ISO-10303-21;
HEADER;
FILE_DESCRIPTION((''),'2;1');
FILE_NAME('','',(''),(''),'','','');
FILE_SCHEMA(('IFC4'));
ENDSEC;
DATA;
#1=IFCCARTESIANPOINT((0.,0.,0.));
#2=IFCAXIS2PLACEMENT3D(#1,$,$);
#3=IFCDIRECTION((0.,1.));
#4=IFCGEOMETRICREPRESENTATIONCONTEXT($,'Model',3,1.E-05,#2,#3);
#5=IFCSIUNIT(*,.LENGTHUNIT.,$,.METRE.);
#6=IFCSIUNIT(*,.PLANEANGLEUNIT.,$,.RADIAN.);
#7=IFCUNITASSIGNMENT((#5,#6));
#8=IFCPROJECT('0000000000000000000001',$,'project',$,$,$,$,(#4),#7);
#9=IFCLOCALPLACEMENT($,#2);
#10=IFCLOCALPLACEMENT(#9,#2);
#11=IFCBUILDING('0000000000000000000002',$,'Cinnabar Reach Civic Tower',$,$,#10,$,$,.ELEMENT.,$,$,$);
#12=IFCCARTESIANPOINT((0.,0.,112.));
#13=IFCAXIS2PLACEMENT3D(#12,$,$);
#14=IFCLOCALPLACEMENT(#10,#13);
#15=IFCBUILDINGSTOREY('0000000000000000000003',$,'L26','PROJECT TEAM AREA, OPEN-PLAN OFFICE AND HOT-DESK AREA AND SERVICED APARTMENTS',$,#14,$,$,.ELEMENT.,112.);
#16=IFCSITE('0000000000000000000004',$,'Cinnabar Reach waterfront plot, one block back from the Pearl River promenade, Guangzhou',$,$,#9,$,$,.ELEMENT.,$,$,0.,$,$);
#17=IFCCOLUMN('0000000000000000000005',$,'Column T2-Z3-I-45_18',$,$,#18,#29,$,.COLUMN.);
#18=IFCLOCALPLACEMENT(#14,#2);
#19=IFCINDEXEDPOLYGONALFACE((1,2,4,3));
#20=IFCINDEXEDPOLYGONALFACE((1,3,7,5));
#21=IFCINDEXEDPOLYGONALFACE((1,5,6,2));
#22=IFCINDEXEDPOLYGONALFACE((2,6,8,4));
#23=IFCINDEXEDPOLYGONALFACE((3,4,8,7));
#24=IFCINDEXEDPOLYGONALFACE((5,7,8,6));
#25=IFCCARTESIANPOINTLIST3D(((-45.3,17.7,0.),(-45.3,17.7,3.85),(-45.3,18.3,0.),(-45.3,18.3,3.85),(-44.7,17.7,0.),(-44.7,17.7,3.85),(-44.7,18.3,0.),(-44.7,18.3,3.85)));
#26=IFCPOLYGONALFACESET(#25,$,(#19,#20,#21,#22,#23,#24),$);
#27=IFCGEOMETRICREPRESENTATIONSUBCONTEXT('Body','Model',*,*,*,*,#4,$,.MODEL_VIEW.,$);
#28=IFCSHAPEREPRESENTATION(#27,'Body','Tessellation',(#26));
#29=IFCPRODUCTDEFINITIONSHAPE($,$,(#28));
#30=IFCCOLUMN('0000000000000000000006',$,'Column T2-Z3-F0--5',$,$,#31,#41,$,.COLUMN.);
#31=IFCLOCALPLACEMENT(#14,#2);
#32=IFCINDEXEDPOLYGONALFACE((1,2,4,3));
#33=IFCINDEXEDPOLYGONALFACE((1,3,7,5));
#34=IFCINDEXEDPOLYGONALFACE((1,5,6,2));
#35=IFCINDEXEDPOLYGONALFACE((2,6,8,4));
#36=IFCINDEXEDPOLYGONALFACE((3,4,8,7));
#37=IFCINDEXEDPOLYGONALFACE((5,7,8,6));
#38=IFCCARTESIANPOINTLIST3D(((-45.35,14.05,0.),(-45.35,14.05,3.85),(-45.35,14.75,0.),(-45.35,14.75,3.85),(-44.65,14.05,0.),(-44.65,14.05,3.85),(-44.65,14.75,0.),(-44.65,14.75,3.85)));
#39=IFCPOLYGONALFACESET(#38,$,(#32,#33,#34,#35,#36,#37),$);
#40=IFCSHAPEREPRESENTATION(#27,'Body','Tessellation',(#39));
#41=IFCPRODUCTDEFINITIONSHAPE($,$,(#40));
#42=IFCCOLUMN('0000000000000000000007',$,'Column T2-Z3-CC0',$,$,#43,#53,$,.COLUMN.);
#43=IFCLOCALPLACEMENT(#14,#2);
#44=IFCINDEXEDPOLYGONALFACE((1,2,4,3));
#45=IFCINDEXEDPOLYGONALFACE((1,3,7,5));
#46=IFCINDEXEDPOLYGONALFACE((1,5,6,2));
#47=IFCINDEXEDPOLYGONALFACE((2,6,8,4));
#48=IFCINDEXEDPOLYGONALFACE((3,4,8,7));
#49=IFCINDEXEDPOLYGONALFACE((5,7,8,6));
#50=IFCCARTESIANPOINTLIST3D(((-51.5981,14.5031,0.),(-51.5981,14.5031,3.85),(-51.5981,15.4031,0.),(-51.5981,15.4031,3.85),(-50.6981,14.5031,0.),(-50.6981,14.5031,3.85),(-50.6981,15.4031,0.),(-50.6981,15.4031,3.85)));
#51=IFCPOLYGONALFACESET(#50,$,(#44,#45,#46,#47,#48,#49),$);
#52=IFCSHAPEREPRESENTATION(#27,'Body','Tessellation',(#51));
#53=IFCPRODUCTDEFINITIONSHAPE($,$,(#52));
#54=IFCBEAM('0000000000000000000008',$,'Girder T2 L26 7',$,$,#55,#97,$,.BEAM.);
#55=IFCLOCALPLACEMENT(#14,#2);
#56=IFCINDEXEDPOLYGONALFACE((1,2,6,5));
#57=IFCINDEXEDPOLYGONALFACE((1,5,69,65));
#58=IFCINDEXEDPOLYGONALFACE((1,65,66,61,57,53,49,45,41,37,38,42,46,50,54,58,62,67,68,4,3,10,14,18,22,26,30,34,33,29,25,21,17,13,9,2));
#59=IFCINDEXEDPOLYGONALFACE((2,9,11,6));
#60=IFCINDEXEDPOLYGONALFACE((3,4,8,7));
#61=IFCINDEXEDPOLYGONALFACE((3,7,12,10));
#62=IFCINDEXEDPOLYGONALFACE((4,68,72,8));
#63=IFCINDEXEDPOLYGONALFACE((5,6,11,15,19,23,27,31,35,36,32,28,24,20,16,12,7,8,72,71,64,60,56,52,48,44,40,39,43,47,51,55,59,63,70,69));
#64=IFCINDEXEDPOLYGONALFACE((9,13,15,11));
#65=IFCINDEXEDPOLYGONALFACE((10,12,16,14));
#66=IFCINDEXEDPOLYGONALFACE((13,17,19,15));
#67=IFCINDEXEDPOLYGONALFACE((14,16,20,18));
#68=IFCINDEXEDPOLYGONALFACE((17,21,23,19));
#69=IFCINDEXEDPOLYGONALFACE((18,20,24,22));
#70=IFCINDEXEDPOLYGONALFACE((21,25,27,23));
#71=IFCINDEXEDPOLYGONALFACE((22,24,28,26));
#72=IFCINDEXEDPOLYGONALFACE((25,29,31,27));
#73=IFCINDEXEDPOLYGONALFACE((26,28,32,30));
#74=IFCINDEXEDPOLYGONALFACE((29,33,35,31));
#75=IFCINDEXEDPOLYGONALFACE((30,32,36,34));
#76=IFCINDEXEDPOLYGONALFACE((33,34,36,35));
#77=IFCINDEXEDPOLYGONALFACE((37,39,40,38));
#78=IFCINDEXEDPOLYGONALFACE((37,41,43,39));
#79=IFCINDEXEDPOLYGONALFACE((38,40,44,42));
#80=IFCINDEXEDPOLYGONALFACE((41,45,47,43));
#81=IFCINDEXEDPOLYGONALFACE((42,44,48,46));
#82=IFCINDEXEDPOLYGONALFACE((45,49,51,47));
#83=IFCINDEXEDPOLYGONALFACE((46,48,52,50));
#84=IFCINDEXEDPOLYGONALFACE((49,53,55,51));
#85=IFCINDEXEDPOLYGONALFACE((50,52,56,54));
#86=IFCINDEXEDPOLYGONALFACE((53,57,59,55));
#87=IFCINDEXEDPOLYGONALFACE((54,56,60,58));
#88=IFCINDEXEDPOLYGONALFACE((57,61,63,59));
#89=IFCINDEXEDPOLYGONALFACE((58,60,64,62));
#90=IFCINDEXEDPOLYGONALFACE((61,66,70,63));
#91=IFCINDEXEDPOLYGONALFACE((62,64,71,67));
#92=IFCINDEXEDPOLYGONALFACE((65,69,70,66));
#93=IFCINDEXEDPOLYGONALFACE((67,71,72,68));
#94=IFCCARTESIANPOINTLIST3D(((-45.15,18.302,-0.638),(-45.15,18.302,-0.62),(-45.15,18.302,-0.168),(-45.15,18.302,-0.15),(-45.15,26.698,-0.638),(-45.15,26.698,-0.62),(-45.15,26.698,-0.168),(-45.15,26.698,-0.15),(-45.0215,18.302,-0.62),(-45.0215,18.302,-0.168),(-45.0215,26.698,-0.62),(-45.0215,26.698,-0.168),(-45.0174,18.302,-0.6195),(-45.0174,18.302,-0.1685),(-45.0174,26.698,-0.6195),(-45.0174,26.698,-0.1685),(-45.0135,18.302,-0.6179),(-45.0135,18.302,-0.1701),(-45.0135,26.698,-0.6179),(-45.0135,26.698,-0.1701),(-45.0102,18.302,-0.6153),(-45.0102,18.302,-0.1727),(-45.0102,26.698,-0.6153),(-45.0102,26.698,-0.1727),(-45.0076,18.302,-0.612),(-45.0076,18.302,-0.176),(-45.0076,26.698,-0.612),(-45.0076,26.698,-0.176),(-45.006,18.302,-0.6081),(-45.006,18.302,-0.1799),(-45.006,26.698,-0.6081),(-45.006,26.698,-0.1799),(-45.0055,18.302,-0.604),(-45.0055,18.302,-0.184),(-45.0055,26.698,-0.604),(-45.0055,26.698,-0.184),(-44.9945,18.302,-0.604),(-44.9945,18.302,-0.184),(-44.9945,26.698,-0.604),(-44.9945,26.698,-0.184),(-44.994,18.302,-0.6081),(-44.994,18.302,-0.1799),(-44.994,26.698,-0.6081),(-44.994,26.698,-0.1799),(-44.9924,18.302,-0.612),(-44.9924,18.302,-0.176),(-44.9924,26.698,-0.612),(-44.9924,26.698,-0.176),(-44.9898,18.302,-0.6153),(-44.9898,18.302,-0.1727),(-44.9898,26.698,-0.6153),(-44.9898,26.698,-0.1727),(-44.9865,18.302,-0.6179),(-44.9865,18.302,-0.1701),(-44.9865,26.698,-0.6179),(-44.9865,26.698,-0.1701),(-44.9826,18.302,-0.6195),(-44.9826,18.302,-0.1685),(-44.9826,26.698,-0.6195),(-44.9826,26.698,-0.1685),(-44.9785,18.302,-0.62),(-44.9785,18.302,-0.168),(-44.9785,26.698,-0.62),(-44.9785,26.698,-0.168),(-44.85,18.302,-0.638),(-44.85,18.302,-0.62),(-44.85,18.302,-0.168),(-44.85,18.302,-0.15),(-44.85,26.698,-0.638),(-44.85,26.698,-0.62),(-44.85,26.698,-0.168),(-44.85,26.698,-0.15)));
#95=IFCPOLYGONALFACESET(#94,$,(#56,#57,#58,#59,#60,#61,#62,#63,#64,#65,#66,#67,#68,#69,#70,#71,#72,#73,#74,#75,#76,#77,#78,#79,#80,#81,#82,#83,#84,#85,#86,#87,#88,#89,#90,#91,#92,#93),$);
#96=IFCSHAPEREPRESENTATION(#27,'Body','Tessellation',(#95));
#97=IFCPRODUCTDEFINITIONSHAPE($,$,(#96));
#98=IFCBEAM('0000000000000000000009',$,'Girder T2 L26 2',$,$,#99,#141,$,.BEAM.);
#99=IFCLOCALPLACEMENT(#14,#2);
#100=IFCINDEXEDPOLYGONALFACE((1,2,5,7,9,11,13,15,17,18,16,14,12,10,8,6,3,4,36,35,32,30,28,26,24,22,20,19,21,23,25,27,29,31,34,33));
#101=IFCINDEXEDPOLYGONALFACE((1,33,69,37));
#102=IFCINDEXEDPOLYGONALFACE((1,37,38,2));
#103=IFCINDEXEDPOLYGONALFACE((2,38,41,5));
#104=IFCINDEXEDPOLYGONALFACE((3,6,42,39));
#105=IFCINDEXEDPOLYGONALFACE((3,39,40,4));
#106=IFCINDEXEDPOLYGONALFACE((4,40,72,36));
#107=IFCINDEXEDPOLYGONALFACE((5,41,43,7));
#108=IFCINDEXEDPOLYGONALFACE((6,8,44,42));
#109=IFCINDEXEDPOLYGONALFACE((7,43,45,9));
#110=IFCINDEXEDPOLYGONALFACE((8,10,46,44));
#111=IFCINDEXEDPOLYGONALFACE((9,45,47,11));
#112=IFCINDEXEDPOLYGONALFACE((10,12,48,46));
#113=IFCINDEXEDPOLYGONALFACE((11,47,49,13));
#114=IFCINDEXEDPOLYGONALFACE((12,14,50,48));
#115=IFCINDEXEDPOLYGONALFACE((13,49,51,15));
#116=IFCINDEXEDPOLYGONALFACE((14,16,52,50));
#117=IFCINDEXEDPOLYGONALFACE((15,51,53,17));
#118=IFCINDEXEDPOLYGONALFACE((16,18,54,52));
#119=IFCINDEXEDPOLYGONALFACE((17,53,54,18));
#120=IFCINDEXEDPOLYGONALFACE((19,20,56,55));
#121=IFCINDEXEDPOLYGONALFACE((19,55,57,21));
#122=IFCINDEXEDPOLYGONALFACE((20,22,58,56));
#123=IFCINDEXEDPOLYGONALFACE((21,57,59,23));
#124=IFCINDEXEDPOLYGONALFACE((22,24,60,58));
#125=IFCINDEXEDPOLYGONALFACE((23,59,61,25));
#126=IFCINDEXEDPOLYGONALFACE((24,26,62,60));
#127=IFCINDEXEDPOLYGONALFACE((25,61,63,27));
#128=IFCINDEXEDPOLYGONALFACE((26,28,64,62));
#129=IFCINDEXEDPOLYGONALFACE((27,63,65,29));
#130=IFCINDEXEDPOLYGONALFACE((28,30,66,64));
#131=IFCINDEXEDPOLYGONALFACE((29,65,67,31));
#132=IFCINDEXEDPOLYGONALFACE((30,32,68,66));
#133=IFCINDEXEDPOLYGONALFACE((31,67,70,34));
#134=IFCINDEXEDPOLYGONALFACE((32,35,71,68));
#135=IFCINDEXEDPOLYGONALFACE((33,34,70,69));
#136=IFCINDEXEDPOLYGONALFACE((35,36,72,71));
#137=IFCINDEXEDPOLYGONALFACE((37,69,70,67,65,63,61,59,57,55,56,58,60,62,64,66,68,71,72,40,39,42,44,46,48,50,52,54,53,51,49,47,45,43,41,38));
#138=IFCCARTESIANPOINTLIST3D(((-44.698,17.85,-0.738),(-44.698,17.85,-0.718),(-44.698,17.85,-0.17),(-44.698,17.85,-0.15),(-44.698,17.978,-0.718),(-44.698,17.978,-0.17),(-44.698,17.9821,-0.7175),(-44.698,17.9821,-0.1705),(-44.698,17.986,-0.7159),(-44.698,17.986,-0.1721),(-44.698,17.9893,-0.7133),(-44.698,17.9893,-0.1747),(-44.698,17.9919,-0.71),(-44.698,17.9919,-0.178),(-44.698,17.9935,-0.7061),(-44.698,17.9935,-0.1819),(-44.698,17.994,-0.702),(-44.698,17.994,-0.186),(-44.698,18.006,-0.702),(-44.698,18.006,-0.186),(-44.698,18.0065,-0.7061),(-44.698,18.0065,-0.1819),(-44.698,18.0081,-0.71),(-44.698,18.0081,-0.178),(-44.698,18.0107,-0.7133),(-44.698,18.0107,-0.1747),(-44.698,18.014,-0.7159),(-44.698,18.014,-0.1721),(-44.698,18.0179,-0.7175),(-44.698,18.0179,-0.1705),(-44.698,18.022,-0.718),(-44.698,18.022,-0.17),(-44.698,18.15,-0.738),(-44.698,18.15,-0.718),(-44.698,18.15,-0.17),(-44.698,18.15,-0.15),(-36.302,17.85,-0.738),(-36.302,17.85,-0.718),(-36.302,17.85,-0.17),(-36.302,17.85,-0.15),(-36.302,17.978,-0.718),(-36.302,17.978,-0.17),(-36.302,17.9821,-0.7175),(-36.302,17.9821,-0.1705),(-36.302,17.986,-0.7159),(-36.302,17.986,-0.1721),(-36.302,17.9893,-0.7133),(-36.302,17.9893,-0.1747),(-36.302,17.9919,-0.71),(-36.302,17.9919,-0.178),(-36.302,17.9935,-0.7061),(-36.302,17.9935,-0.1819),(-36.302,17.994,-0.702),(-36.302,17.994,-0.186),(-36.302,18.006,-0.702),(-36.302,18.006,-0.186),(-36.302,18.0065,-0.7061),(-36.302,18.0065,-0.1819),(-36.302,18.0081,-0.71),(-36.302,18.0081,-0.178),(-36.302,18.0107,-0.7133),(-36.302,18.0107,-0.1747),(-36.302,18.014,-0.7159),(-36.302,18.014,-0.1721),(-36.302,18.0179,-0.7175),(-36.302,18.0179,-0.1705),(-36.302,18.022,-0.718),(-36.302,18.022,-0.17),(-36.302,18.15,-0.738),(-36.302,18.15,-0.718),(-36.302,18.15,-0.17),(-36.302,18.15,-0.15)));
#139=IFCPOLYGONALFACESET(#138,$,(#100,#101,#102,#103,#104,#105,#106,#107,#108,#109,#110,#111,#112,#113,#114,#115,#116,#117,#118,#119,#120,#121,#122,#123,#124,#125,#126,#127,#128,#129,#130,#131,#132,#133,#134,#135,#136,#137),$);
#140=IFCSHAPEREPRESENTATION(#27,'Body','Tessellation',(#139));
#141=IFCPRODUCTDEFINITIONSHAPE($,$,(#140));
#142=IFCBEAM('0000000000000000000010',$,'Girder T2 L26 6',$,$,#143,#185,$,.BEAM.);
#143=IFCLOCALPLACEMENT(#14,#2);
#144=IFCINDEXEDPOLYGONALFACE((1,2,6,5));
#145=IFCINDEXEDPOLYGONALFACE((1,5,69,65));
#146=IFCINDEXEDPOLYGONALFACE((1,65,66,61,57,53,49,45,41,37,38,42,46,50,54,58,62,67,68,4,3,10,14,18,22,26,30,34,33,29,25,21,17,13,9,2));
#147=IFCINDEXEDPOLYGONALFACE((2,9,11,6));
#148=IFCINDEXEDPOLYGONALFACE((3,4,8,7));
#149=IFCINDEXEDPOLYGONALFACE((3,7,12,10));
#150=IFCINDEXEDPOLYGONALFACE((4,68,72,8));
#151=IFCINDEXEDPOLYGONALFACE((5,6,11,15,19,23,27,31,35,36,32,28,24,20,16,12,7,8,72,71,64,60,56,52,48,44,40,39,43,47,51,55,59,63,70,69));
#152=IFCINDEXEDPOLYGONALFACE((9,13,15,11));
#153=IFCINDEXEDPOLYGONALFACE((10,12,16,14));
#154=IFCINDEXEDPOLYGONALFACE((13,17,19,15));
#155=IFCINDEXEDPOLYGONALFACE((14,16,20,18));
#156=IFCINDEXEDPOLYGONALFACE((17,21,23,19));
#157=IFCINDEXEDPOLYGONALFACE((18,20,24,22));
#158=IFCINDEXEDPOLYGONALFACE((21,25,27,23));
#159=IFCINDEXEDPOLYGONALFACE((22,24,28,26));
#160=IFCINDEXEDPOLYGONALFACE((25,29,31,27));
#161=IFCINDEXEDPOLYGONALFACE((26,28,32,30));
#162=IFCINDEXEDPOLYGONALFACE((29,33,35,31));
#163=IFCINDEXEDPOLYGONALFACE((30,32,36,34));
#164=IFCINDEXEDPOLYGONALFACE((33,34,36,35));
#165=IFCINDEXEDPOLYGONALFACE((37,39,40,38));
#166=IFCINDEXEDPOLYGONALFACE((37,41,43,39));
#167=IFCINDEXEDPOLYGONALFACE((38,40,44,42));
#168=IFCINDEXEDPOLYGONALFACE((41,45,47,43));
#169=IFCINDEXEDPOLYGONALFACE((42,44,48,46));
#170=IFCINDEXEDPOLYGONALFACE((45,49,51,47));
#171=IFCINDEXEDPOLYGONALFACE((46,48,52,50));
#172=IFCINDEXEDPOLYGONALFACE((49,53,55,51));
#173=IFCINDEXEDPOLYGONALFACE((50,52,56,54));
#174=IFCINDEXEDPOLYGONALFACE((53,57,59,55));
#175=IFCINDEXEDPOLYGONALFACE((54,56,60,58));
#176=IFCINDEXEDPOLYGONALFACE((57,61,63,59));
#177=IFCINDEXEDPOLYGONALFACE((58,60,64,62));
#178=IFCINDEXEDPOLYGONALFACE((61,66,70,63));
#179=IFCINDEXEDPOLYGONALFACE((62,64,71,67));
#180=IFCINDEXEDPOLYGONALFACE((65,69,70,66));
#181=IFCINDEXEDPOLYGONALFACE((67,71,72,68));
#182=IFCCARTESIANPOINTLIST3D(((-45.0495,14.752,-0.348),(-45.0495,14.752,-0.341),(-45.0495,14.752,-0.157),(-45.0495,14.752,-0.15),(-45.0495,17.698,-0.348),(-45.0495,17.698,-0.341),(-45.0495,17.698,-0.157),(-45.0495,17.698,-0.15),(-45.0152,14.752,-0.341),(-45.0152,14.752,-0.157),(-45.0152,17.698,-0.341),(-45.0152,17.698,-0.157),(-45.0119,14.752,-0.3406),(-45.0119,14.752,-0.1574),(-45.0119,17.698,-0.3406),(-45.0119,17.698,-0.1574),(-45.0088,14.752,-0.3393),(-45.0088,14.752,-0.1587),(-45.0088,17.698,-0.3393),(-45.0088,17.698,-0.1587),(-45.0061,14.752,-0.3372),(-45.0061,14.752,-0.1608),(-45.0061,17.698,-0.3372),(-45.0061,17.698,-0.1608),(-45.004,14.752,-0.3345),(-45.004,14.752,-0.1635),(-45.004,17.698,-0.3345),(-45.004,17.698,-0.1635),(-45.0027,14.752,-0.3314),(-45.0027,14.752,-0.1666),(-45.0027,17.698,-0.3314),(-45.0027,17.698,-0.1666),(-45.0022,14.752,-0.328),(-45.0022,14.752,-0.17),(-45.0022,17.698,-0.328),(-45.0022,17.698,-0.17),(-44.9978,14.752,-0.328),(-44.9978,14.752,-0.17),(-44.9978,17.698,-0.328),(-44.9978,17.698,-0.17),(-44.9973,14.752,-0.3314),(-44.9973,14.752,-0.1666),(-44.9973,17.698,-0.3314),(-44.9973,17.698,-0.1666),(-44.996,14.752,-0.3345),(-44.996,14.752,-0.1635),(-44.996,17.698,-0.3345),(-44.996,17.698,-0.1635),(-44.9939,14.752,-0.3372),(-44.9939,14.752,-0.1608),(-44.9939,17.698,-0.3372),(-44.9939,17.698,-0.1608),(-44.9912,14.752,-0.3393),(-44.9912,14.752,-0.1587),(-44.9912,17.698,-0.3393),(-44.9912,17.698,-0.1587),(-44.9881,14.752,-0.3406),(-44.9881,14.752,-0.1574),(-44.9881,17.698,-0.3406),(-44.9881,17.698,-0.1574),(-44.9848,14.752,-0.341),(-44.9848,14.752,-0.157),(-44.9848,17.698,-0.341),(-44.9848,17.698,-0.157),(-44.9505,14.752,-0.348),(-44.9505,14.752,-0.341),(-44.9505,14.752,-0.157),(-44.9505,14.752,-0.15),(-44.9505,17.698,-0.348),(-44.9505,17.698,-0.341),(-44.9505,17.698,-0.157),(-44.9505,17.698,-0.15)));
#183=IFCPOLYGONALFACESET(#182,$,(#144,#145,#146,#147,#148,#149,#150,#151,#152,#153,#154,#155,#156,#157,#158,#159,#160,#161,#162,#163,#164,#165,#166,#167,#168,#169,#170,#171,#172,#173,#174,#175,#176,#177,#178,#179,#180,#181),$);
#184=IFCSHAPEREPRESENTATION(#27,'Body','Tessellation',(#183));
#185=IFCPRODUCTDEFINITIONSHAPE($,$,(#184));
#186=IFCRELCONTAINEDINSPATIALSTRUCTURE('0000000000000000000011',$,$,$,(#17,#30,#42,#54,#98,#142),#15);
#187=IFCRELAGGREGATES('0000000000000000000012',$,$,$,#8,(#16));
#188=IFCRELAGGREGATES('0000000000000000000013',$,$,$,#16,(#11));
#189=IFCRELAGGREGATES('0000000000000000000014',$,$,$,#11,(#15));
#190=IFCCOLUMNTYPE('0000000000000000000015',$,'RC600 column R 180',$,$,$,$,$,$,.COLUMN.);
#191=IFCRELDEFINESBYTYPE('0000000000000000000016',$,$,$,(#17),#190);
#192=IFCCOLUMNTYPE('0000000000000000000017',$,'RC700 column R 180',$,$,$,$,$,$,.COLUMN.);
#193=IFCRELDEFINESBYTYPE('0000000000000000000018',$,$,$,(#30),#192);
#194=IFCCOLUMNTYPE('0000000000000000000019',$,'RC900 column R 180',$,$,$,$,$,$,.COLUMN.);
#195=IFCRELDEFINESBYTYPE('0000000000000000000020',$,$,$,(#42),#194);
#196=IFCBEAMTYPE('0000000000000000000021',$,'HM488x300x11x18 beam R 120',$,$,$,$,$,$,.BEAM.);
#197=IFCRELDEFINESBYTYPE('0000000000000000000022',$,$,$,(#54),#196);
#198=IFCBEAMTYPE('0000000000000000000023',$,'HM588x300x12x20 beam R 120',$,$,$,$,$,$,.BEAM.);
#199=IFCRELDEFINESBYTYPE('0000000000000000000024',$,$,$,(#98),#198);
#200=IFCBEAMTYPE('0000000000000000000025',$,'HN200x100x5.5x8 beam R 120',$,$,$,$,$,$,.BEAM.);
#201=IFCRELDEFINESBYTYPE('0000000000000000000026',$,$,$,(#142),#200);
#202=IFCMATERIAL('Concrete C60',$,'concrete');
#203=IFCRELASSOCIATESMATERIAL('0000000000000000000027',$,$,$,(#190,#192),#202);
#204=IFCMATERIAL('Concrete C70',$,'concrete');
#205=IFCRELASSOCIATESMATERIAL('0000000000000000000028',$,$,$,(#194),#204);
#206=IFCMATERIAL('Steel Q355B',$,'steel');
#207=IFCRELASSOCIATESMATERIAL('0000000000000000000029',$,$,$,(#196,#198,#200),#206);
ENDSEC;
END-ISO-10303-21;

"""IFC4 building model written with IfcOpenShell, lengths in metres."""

from ifc_helpers import new_model, si_unit, direction, frame, origin, origin_2d, place, context, subcontext, project, spatial, rectangle, i_section, extrude, material, material_profile, profile_set, type_object, element, save


model = new_model("IFC4")

# Units and contexts
model_context = context("Model", 3, precision=1e-05, world=origin(), true_north=direction((0.0, 1.0)))
body_context = subcontext(model_context, "Body", "Model", "MODEL_VIEW")
ifc_project = project(units=[si_unit("LENGTHUNIT", "METRE"), si_unit("PLANEANGLEUNIT", "RADIAN")], contexts=[model_context])

# Site, building, storey
site_placement = place(None, origin())
site = spatial("IfcSite", under=ifc_project, at=site_placement, Name="Cinnabar Reach waterfront plot, one block back from the Pearl River promenade, Guangzhou", CompositionType="ELEMENT", RefElevation=0.0)
building_placement = place(site_placement, origin())
building = spatial("IfcBuilding", under=site, at=building_placement, Name="Cinnabar Reach Civic Tower", CompositionType="ELEMENT")
storey_placement = place(building_placement, frame((0.0, 0.0, 112.0)))
storey = spatial("IfcBuildingStorey", under=building, at=storey_placement, Name="L26", Description="PROJECT TEAM AREA, OPEN-PLAN OFFICE AND HOT-DESK AREA AND SERVICED APARTMENTS", CompositionType="ELEMENT", Elevation=112.0)

# Columns
ifc_material_1 = material(Name="Concrete C60", Category="concrete")
ifc_material_profile_1 = material_profile(ifc_material_1, rectangle(XDim=0.6, YDim=0.6, at=origin_2d()), Name="RC600")
ifc_profile_set_1 = profile_set([ifc_material_profile_1], Name="Concrete C60")
column_type_1 = type_object("IfcColumnType", Name="RC600 column R 180", PredefinedType="COLUMN", material=ifc_profile_set_1)
column_1_placement = place(storey_placement, frame((-45.0, 18.0, 0.0), z_axis=(0.0, 0.0, 1.0), x_axis=(1.0, 0.0, 0.0)))
element("IfcColumn", 1, at=column_1_placement, inside=storey, type_object=column_type_1, Name="Column T2-Z3-I-45_18", PredefinedType="COLUMN", context=body_context, shape_type="SweptSolid", body=[
    extrude(rectangle(XDim=0.6, YDim=0.6, at=origin_2d()), origin(), (0.0, 0.0, 1.0), 3.85),
])
ifc_material_profile_2 = material_profile(ifc_material_1, rectangle(XDim=0.7, YDim=0.7, at=origin_2d()), Name="RC700")
ifc_profile_set_2 = profile_set([ifc_material_profile_2], Name="Concrete C60")
column_type_2 = type_object("IfcColumnType", Name="RC700 column R 180", PredefinedType="COLUMN", material=ifc_profile_set_2)
column_2_placement = place(storey_placement, frame((-45.0, 14.4, 0.0), z_axis=(0.0, 0.0, 1.0), x_axis=(1.0, 0.0, 0.0)))
element("IfcColumn", 2, at=column_2_placement, inside=storey, type_object=column_type_2, Name="Column T2-Z3-F0--5", PredefinedType="COLUMN", context=body_context, shape_type="SweptSolid", body=[
    extrude(rectangle(XDim=0.7, YDim=0.7, at=origin_2d()), origin(), (0.0, 0.0, 1.0), 3.85),
])
ifc_material_2 = material(Name="Concrete C70", Category="concrete")
ifc_material_profile_3 = material_profile(ifc_material_2, rectangle(XDim=0.9, YDim=0.9, at=origin_2d()), Name="RC900")
ifc_profile_set_3 = profile_set([ifc_material_profile_3], Name="Concrete C70")
column_type_3 = type_object("IfcColumnType", Name="RC900 column R 180", PredefinedType="COLUMN", material=ifc_profile_set_3)
column_3_placement = place(storey_placement, frame((-51.1481, 14.9531, 0.0), z_axis=(0.0, 0.0, 1.0), x_axis=(1.0, 0.0, 0.0)))
element("IfcColumn", 3, at=column_3_placement, inside=storey, type_object=column_type_3, Name="Column T2-Z3-CC0", PredefinedType="COLUMN", context=body_context, shape_type="SweptSolid", body=[
    extrude(rectangle(XDim=0.9, YDim=0.9, at=origin_2d()), origin(), (0.0, 0.0, 1.0), 3.85),
])

# Beams
ifc_material_3 = material(Name="Steel Q355B", Category="steel")
ifc_material_profile_4 = material_profile(ifc_material_3, i_section(OverallWidth=0.3, OverallDepth=0.488, WebThickness=0.011, FlangeThickness=0.018, FilletRadius=0.016, at=origin_2d()), Name="HM488x300x11x18")
ifc_profile_set_4 = profile_set([ifc_material_profile_4], Name="Steel Q355B")
beam_type_1 = type_object("IfcBeamType", Name="HM488x300x11x18 beam R 120", PredefinedType="BEAM", material=ifc_profile_set_4)
beam_1_placement = place(storey_placement, frame((-45.0, 18.302, -0.394), z_axis=(0.0, 1.0, 0.0), x_axis=(-1.0, 0.0, 0.0)))
element("IfcBeam", 4, at=beam_1_placement, inside=storey, type_object=beam_type_1, Name="Girder T2 L26 7", PredefinedType="BEAM", context=body_context, shape_type="SweptSolid", body=[
    extrude(i_section(OverallWidth=0.3, OverallDepth=0.488, WebThickness=0.011, FlangeThickness=0.018, FilletRadius=0.016, at=origin_2d()), origin(), (0.0, 0.0, 1.0), 8.396),
])
ifc_material_profile_5 = material_profile(ifc_material_3, i_section(OverallWidth=0.3, OverallDepth=0.588, WebThickness=0.012, FlangeThickness=0.02, FilletRadius=0.016, at=origin_2d()), Name="HM588x300x12x20")
ifc_profile_set_5 = profile_set([ifc_material_profile_5], Name="Steel Q355B")
beam_type_2 = type_object("IfcBeamType", Name="HM588x300x12x20 beam R 120", PredefinedType="BEAM", material=ifc_profile_set_5)
beam_2_placement = place(storey_placement, frame((-44.698, 18.0, -0.444), z_axis=(1.0, 0.0, 0.0), x_axis=(0.0, 1.0, 0.0)))
element("IfcBeam", 5, at=beam_2_placement, inside=storey, type_object=beam_type_2, Name="Girder T2 L26 2", PredefinedType="BEAM", context=body_context, shape_type="SweptSolid", body=[
    extrude(i_section(OverallWidth=0.3, OverallDepth=0.588, WebThickness=0.012, FlangeThickness=0.02, FilletRadius=0.016, at=origin_2d()), origin(), (0.0, 0.0, 1.0), 8.396),
])
ifc_material_profile_6 = material_profile(ifc_material_3, i_section(OverallWidth=0.099, OverallDepth=0.198, WebThickness=0.0045, FlangeThickness=0.007, FilletRadius=0.013, at=origin_2d()), Name="HN200x100x5.5x8")
ifc_profile_set_6 = profile_set([ifc_material_profile_6], Name="Steel Q355B")
beam_type_3 = type_object("IfcBeamType", Name="HN200x100x5.5x8 beam R 120", PredefinedType="BEAM", material=ifc_profile_set_6)
beam_3_placement = place(storey_placement, frame((-45.0, 14.752, -0.249), z_axis=(0.0, 1.0, 0.0), x_axis=(-1.0, 0.0, 0.0)))
element("IfcBeam", 6, at=beam_3_placement, inside=storey, type_object=beam_type_3, Name="Girder T2 L26 6", PredefinedType="BEAM", context=body_context, shape_type="SweptSolid", body=[
    extrude(i_section(OverallWidth=0.099, OverallDepth=0.198, WebThickness=0.0045, FlangeThickness=0.007, FilletRadius=0.013, at=origin_2d()), origin(), (0.0, 0.0, 1.0), 2.946),
])

save(model, "model.ifc")
